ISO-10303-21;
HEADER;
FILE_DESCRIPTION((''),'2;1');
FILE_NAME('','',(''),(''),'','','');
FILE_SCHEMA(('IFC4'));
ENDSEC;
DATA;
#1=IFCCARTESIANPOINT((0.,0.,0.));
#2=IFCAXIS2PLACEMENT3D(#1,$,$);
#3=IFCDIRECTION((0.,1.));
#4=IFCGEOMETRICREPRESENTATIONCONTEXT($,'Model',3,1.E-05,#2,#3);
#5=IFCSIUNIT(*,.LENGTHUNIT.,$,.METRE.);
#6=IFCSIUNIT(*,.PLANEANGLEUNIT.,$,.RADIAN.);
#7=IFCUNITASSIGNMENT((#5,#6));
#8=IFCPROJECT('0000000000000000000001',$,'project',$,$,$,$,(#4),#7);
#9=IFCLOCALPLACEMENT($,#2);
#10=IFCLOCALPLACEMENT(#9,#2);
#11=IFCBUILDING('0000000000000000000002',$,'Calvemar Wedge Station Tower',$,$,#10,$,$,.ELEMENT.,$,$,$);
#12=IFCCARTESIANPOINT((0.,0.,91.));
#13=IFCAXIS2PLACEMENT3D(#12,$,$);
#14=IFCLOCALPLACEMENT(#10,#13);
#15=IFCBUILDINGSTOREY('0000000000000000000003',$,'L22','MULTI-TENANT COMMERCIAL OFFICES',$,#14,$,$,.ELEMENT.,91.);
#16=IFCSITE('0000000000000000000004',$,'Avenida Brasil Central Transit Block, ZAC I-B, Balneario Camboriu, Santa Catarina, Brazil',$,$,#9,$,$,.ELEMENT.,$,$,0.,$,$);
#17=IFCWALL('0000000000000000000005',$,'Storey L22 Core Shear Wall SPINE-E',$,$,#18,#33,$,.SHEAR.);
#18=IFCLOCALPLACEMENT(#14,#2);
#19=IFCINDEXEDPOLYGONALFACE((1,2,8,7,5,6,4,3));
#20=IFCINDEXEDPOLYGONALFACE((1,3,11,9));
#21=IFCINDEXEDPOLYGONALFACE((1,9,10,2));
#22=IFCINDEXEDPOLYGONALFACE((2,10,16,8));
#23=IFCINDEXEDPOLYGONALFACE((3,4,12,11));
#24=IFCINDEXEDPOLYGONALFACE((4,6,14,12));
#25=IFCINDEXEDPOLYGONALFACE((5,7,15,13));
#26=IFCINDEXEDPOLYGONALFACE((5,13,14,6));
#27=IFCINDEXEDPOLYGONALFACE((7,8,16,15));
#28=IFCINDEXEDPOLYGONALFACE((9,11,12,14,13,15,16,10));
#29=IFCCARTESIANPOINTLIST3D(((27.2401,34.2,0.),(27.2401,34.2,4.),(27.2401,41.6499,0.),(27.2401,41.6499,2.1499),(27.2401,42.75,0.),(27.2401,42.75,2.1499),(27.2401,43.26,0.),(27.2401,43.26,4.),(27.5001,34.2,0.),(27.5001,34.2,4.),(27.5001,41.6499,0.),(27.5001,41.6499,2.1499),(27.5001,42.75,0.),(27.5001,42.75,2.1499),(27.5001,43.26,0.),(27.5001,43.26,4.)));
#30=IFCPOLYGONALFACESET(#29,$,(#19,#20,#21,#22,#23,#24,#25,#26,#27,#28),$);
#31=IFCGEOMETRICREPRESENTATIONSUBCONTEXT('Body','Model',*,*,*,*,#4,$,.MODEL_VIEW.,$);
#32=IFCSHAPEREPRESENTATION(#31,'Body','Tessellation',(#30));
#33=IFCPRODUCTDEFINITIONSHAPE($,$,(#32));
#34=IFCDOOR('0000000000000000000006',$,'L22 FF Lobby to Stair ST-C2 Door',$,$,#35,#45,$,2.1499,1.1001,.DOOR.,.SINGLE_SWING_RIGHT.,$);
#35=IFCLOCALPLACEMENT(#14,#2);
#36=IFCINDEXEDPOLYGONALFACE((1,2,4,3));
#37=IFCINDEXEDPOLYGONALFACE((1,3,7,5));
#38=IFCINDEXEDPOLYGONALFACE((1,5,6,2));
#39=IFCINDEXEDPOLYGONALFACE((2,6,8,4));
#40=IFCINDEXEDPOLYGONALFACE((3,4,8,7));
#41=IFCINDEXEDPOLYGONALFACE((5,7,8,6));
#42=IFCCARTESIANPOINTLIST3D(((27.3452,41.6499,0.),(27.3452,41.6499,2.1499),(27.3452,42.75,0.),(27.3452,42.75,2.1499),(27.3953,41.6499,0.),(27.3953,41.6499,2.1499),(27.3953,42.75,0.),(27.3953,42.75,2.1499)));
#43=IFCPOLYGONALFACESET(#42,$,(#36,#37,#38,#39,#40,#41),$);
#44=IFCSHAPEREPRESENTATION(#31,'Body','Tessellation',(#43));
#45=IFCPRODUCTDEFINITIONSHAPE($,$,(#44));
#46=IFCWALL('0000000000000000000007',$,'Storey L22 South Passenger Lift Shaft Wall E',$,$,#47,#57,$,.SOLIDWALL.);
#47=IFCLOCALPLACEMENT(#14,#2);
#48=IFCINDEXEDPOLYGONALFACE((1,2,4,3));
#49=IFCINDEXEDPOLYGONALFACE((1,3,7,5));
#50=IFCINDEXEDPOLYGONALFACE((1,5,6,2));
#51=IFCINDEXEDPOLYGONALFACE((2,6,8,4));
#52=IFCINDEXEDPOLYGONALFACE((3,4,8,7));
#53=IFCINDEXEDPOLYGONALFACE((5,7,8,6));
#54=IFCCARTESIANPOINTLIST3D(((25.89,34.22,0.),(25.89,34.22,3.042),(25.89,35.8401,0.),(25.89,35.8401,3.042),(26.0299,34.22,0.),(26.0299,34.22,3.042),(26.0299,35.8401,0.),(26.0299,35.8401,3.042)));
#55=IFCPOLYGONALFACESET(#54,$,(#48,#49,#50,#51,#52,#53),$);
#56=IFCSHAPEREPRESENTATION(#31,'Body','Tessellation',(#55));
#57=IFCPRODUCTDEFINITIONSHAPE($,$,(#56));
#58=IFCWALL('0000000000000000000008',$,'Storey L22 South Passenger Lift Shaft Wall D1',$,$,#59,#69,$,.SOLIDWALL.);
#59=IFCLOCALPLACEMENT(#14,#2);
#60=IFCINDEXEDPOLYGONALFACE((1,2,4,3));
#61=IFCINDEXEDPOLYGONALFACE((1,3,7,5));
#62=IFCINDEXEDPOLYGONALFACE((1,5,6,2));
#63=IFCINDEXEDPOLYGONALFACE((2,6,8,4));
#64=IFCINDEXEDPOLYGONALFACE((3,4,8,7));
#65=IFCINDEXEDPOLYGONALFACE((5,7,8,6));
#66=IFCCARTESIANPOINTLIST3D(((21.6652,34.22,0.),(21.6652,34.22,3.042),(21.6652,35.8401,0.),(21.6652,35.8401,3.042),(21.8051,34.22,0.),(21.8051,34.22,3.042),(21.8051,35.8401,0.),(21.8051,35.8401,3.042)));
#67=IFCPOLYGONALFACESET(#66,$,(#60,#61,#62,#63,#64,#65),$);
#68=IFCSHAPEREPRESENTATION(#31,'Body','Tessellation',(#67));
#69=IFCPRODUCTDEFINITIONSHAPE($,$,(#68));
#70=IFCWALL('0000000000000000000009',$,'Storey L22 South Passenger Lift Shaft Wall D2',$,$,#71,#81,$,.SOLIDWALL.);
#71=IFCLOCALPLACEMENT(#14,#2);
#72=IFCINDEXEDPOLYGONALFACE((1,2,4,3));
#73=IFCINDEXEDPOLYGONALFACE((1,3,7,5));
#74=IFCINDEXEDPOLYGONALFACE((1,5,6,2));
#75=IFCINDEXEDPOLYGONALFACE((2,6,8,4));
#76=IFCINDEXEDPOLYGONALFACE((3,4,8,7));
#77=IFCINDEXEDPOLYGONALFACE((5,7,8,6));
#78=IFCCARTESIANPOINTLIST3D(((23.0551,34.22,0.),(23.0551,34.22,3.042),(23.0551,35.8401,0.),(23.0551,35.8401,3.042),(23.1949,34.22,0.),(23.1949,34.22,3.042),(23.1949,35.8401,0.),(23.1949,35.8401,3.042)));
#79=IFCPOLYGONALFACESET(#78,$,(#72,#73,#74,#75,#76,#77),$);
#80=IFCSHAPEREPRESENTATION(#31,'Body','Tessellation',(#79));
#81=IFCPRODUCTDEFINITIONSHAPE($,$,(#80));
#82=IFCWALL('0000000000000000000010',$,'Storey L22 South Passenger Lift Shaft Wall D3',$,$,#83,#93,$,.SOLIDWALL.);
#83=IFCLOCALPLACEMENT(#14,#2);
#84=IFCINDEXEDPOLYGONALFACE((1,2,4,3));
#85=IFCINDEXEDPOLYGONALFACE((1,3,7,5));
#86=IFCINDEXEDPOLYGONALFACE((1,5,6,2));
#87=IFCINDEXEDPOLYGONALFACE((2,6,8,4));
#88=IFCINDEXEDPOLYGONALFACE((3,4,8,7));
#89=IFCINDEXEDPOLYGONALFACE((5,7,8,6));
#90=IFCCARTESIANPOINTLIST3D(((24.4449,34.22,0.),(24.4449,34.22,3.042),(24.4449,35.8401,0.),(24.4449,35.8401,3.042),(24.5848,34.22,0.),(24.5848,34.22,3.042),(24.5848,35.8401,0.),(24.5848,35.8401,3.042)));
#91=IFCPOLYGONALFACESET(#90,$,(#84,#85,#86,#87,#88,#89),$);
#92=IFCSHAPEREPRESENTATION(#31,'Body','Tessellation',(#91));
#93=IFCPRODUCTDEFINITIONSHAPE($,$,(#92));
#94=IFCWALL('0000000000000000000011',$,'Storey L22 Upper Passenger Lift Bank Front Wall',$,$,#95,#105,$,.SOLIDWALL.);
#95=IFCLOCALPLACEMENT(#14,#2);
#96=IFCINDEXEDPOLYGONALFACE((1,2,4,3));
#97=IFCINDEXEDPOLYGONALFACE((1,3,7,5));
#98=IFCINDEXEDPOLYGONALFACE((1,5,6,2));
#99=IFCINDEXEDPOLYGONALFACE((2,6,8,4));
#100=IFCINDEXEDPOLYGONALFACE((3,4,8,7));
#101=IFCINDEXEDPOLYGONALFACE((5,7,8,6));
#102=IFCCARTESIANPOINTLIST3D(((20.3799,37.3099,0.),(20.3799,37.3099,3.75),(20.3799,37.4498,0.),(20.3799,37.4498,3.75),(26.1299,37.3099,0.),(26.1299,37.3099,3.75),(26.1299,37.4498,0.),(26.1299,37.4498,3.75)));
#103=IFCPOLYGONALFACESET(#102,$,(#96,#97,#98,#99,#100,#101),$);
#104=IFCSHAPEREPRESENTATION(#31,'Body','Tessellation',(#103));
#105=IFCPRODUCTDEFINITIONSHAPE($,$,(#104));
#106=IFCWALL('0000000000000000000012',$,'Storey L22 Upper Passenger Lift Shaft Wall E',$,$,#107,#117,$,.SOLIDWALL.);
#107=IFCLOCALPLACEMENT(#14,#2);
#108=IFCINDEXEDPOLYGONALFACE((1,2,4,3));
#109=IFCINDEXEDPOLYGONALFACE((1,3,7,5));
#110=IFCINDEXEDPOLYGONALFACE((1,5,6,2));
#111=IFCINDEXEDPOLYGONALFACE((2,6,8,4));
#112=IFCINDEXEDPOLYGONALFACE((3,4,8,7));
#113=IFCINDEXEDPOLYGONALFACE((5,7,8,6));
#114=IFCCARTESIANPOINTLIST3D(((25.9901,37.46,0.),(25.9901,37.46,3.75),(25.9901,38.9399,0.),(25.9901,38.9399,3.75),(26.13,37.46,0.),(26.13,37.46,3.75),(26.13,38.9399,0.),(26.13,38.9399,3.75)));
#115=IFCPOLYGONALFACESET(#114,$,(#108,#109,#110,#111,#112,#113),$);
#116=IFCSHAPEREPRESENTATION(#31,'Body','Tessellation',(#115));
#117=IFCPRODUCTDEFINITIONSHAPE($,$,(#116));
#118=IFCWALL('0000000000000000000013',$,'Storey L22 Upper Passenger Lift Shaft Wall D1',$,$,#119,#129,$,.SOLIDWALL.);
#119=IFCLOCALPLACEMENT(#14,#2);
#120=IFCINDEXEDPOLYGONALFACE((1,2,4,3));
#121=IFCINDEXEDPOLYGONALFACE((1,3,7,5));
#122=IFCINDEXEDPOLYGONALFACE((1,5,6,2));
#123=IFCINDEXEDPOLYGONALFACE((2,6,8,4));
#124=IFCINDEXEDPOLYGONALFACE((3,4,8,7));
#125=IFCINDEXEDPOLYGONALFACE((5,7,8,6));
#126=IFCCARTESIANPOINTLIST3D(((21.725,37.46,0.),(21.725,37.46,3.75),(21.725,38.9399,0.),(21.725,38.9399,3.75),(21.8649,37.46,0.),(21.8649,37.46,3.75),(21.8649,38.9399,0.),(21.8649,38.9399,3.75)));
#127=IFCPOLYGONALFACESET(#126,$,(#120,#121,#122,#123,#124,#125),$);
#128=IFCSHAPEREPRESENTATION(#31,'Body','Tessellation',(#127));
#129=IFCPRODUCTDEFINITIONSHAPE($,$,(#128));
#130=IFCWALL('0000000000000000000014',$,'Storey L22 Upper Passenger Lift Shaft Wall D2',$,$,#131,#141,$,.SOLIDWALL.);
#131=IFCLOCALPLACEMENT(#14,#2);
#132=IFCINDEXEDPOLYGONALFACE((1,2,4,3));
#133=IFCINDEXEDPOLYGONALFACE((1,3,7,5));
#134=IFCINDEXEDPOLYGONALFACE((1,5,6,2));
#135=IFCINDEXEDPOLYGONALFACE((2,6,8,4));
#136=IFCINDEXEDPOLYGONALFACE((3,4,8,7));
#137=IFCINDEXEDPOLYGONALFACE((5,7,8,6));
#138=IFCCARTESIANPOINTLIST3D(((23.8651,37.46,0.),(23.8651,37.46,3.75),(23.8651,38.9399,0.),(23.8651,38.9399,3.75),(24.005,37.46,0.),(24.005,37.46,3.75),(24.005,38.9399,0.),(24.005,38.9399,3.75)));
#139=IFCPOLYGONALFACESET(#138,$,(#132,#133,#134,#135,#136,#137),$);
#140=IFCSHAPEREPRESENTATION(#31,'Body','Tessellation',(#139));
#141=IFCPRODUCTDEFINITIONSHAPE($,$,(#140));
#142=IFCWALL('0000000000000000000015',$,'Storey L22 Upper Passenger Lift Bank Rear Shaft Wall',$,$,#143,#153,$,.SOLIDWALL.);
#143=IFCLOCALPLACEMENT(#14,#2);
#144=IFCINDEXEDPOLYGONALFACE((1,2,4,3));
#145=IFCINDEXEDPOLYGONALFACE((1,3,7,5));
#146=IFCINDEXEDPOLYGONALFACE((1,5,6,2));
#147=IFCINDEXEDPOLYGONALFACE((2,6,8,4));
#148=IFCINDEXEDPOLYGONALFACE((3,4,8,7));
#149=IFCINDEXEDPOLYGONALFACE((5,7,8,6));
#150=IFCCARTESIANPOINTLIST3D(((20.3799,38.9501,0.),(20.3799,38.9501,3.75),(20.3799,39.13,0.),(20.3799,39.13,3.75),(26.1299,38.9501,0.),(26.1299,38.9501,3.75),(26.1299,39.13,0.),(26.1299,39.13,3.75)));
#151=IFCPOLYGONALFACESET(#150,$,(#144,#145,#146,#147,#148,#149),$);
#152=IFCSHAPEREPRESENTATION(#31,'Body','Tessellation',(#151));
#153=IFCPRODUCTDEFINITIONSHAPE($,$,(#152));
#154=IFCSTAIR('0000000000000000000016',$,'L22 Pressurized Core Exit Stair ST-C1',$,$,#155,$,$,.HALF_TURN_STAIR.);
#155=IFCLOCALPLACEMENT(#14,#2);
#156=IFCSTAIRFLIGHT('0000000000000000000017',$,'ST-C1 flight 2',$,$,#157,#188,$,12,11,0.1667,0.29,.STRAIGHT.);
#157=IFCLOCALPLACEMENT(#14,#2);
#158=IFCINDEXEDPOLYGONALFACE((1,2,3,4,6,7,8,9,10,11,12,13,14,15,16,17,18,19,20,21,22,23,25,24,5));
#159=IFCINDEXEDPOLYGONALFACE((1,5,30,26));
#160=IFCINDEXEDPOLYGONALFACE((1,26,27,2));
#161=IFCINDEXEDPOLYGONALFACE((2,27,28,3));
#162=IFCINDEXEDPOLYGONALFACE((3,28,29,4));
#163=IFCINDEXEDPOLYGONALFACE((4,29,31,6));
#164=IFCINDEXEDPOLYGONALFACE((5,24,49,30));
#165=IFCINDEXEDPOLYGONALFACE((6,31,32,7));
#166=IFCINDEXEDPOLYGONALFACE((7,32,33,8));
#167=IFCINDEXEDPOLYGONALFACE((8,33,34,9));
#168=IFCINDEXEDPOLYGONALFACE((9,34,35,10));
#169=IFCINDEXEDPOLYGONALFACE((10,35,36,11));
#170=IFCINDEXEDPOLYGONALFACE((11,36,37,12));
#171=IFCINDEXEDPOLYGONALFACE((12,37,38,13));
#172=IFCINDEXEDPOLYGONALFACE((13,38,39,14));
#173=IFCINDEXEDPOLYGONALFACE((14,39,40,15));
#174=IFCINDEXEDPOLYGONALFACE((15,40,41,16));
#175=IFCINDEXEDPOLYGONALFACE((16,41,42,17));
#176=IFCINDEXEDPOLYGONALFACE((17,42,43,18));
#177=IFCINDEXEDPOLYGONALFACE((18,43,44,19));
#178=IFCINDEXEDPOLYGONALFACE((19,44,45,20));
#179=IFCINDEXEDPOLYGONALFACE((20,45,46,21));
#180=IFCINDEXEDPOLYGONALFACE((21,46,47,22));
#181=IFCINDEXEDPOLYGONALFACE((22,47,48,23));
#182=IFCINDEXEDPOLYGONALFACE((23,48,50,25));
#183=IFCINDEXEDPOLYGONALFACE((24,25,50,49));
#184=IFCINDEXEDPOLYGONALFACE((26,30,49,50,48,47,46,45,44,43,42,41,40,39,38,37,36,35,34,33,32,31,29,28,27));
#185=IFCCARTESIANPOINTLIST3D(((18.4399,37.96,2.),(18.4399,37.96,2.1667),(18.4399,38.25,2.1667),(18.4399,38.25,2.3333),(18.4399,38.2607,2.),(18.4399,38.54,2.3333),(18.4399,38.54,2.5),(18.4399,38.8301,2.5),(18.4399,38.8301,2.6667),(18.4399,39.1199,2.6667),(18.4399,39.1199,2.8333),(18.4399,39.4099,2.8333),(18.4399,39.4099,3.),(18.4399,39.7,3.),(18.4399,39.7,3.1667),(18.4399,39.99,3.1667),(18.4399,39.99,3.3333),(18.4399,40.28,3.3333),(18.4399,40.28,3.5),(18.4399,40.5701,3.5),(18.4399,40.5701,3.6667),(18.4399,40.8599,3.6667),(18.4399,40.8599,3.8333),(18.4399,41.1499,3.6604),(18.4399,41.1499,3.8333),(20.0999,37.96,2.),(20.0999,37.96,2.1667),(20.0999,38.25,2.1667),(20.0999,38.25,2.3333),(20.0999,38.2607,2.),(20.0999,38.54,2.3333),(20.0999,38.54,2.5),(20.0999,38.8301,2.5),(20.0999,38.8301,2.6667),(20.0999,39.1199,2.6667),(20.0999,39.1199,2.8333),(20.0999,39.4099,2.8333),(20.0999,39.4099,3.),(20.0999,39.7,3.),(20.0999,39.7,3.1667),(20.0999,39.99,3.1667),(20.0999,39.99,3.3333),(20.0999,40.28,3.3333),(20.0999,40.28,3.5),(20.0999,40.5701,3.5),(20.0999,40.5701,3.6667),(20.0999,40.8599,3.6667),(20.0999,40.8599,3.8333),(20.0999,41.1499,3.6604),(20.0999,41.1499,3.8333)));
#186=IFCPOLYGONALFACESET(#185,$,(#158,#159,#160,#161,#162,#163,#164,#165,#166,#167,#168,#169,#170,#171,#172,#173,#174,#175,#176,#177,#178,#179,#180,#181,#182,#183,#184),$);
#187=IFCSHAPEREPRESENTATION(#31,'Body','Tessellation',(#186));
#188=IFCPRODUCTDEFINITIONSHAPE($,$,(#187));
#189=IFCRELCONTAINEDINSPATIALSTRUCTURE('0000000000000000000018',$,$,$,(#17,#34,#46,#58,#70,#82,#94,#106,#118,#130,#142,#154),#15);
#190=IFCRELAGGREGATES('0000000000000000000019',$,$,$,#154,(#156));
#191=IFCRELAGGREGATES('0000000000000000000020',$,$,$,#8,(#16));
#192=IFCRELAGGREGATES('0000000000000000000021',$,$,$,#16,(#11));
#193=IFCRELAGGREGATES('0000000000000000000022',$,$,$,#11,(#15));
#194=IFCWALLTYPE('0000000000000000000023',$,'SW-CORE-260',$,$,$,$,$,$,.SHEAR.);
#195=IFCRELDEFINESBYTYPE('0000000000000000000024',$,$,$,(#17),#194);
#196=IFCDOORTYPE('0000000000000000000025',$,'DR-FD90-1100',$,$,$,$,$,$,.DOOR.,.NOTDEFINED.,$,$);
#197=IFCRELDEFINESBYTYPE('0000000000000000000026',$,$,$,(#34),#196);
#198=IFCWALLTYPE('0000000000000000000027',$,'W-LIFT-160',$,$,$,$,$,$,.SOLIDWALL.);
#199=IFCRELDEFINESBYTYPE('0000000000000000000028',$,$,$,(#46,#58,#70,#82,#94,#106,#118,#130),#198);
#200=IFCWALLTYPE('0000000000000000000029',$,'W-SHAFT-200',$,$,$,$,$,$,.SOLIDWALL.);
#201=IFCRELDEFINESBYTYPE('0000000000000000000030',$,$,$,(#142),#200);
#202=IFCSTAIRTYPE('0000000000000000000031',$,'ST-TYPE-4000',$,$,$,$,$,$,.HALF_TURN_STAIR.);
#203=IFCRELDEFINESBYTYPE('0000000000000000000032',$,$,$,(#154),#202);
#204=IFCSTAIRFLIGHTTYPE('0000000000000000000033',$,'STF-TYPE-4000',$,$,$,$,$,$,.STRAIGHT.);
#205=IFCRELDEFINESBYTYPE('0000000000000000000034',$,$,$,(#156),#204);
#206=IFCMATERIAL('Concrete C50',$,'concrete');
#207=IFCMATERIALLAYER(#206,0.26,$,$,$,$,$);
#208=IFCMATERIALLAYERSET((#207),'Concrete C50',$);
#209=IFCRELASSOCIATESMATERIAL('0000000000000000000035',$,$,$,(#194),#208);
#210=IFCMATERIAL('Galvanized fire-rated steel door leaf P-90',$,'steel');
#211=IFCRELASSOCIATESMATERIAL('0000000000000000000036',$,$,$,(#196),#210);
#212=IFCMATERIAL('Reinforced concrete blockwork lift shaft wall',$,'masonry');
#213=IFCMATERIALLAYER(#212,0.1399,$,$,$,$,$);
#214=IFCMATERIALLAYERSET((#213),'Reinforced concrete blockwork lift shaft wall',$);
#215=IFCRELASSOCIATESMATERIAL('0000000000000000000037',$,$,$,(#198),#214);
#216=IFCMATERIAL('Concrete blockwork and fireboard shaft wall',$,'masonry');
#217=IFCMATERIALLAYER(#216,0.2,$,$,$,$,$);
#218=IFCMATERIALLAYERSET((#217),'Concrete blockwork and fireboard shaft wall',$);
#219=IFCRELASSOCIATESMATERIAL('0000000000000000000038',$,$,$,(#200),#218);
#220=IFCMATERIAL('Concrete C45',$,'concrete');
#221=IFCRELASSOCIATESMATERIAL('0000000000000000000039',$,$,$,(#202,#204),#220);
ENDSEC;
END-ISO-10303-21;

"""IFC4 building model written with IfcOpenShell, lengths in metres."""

from ifc_helpers import new_model, si_unit, direction, frame, frame_2d, origin, place, context, subcontext, project, spatial, polyline, rectangle, outline, extrude, source, transform, mapped, material, layer, layer_set, type_object, element, fill, aggregate, save


model = new_model("IFC4")

# Units and contexts
model_context = context("Model", 3, precision=1e-05, world=origin(), true_north=direction((0.0, 1.0)))
body_context = subcontext(model_context, "Body", "Model", "MODEL_VIEW")
ifc_project = project(units=[si_unit("LENGTHUNIT", "METRE"), si_unit("PLANEANGLEUNIT", "RADIAN")], contexts=[model_context])

# Site, building, storey
site_placement = place(None, origin())
site = spatial("IfcSite", under=ifc_project, at=site_placement, Name="Avenida Brasil Central Transit Block, ZAC I-B, Balneario Camboriu, Santa Catarina, Brazil", CompositionType="ELEMENT", RefElevation=0.0)
building_placement = place(site_placement, origin())
building = spatial("IfcBuilding", under=site, at=building_placement, Name="Calvemar Wedge Station Tower", CompositionType="ELEMENT")
storey_placement = place(building_placement, frame((0.0, 0.0, 91.0)))
storey = spatial("IfcBuildingStorey", under=building, at=storey_placement, Name="L22", Description="MULTI-TENANT COMMERCIAL OFFICES", CompositionType="ELEMENT", Elevation=91.0)

# Wall, opening, door
ifc_material_1 = material(Name="Concrete C50", Category="concrete")
ifc_layer_1 = layer(ifc_material_1, 0.26)
ifc_layer_set_1 = layer_set([ifc_layer_1], Name="Concrete C50")
wall_type_1 = type_object("IfcWallType", Name="SW-CORE-260", PredefinedType="SHEAR", material=ifc_layer_set_1)
shared_shape_1 = source(origin(), body_context, "Body", "SweptSolid", [
    extrude(rectangle(XDim=1.1001, YDim=2.1499, at=frame_2d((0.55, 1.075))), frame((0.0, 0.1401, 0.0), z_axis=(0.0, -1.0, 0.0), x_axis=(1.0, 0.0, 0.0)), (0.0, 0.0, 1.0), 0.28),
])
ifc_material_2 = material(Name="Galvanized fire-rated steel door leaf P-90", Category="steel")
door_type_1 = type_object("IfcDoorType", Name="DR-FD90-1100", OperationType="NOTDEFINED", PredefinedType="DOOR", material=ifc_material_2)
shared_shape_2 = source(origin(), body_context, "Body", "SweptSolid", [
    extrude(rectangle(XDim=1.1001, YDim=2.1499, at=frame_2d((0.55, 1.075))), frame((0.0, 0.0249, 0.0), z_axis=(0.0, -1.0, 0.0), x_axis=(1.0, 0.0, 0.0)), (0.0, 0.0, 1.0), 0.05),
])
wall_1_placement = place(storey_placement, frame((27.3701, 34.2, 0.0), z_axis=(0.0, 0.0, 1.0), x_axis=(0.0, 1.0, 0.0)))
wall_1 = element("IfcWall", 1, at=wall_1_placement, inside=storey, type_object=wall_type_1, Name="Storey L22 Core Shear Wall SPINE-E", PredefinedType="SHEAR", context=body_context, shape_type="SweptSolid", body=[
    extrude(rectangle(XDim=9.0601, YDim=0.26, at=frame_2d((4.53, 0.0))), origin(), (0.0, 0.0, 1.0), 4.0),
])
opening_1_placement = place(wall_1_placement, frame((7.45, 0.0, 0.0)))
opening_1 = element("IfcOpeningElement", 2, at=opening_1_placement, cuts=wall_1, PredefinedType="OPENING", context=body_context, shape_type="MappedRepresentation", body=[
    mapped(shared_shape_1, transform((0.0, 0.0, 0.0), scale=1.0)),
])
door_1_placement = place(opening_1_placement, origin())
door_1 = element("IfcDoor", 3, at=door_1_placement, inside=storey, type_object=door_type_1, Name="L22 FF Lobby to Stair ST-C2 Door", OperationType="SINGLE_SWING_RIGHT", OverallHeight=2.1499, OverallWidth=1.1001, PredefinedType="DOOR", context=body_context, shape_type="MappedRepresentation", body=[
    mapped(shared_shape_2, transform((0.0, 0.0, 0.0), scale=1.0)),
])
fill(opening_1, door_1)

# Shared definitions
ifc_material_3 = material(Name="Reinforced concrete blockwork lift shaft wall", Category="masonry")
ifc_layer_2 = layer(ifc_material_3, 0.1399)
ifc_layer_set_2 = layer_set([ifc_layer_2], Name="Reinforced concrete blockwork lift shaft wall")
wall_type_2 = type_object("IfcWallType", Name="W-LIFT-160", PredefinedType="SOLIDWALL", material=ifc_layer_set_2)

# Walls
for number, where, z_axis, x_axis, name in (
    (4, (25.96, 34.22, 0.0), (0.0, 0.0, 1.0), (0.0, 1.0, 0.0), "Storey L22 South Passenger Lift Shaft Wall E"),
    (5, (21.7351, 34.22, 0.0), (0.0, 0.0, 1.0), (0.0, 1.0, 0.0), "Storey L22 South Passenger Lift Shaft Wall D1"),
    (6, (23.125, 34.22, 0.0), (0.0, 0.0, 1.0), (0.0, 1.0, 0.0), "Storey L22 South Passenger Lift Shaft Wall D2"),
    (7, (24.5149, 34.22, 0.0), (0.0, 0.0, 1.0), (0.0, 1.0, 0.0), "Storey L22 South Passenger Lift Shaft Wall D3"),
):
    element("IfcWall", number, at=place(storey_placement, frame(where, z_axis=z_axis, x_axis=x_axis)), inside=storey, type_object=wall_type_2, Name=name, PredefinedType="SOLIDWALL", context=body_context, shape_type="SweptSolid", body=[
        extrude(rectangle(XDim=1.6201, YDim=0.1399, at=frame_2d((0.8101, 0.0))), origin(), (0.0, 0.0, 1.0), 3.042),
    ])
wall_2_placement = place(storey_placement, frame((20.3799, 37.3799, 0.0), z_axis=(0.0, 0.0, 1.0), x_axis=(1.0, 0.0, 0.0)))
element("IfcWall", 8, at=wall_2_placement, inside=storey, type_object=wall_type_2, Name="Storey L22 Upper Passenger Lift Bank Front Wall", PredefinedType="SOLIDWALL", context=body_context, shape_type="SweptSolid", body=[
    extrude(rectangle(XDim=5.75, YDim=0.1399, at=frame_2d((2.875, 0.0))), origin(), (0.0, 0.0, 1.0), 3.75),
])
for number, where, z_axis, x_axis, name in (
    (9, (26.0601, 37.46, 0.0), (0.0, 0.0, 1.0), (0.0, 1.0, 0.0), "Storey L22 Upper Passenger Lift Shaft Wall E"),
    (10, (21.7949, 37.46, 0.0), (0.0, 0.0, 1.0), (0.0, 1.0, 0.0), "Storey L22 Upper Passenger Lift Shaft Wall D1"),
    (11, (23.9351, 37.46, 0.0), (0.0, 0.0, 1.0), (0.0, 1.0, 0.0), "Storey L22 Upper Passenger Lift Shaft Wall D2"),
):
    element("IfcWall", number, at=place(storey_placement, frame(where, z_axis=z_axis, x_axis=x_axis)), inside=storey, type_object=wall_type_2, Name=name, PredefinedType="SOLIDWALL", context=body_context, shape_type="SweptSolid", body=[
        extrude(rectangle(XDim=1.48, YDim=0.1399, at=frame_2d((0.74, 0.0))), origin(), (0.0, 0.0, 1.0), 3.75),
    ])
ifc_material_4 = material(Name="Concrete blockwork and fireboard shaft wall", Category="masonry")
ifc_layer_3 = layer(ifc_material_4, 0.2)
ifc_layer_set_3 = layer_set([ifc_layer_3], Name="Concrete blockwork and fireboard shaft wall")
wall_type_3 = type_object("IfcWallType", Name="W-SHAFT-200", PredefinedType="SOLIDWALL", material=ifc_layer_set_3)
wall_3_placement = place(storey_placement, frame((20.3799, 39.04, 0.0), z_axis=(0.0, 0.0, 1.0), x_axis=(1.0, 0.0, 0.0)))
element("IfcWall", 12, at=wall_3_placement, inside=storey, type_object=wall_type_3, Name="Storey L22 Upper Passenger Lift Bank Rear Shaft Wall", PredefinedType="SOLIDWALL", context=body_context, shape_type="SweptSolid", body=[
    extrude(rectangle(XDim=5.75, YDim=0.1799, at=frame_2d((2.875, 0.0))), origin(), (0.0, 0.0, 1.0), 3.75),
])

# Stair, stair flight
ifc_material_5 = material(Name="Concrete C45", Category="concrete")
stair_type = type_object("IfcStairType", Name="ST-TYPE-4000", PredefinedType="HALF_TURN_STAIR", material=ifc_material_5)
stair_placement = place(storey_placement, origin())
stair = element("IfcStair", 13, at=stair_placement, inside=storey, type_object=stair_type, Name="L22 Pressurized Core Exit Stair ST-C1", PredefinedType="HALF_TURN_STAIR")
stair_flight_type = type_object("IfcStairFlightType", Name="STF-TYPE-4000", PredefinedType="STRAIGHT", material=ifc_material_5)
stair_flight_placement = place(storey_placement, frame((19.27, 37.96, 2.0), z_axis=(0.0, 0.0, 1.0), x_axis=(0.0, 1.0, 0.0)))
stair_flight = element("IfcStairFlight", 14, at=stair_flight_placement, type_object=stair_flight_type, Name="ST-C1 flight 2", NumberOfRisers=12, NumberOfTreads=11, PredefinedType="STRAIGHT", RiserHeight=0.1667, TreadLength=0.29, context=body_context, shape_type="SweptSolid", body=[
    extrude(outline(polyline([(0.0, 0.0), (0.0, 0.1667), (0.29, 0.1667), (0.29, 0.3333), (0.5801, 0.3333), (0.5801, 0.5), (0.8701, 0.5), (0.8701, 0.6667), (1.1599, 0.6667), (1.1599, 0.8333), (1.45, 0.8333), (1.45, 1.0), (1.74, 1.0), (1.74, 1.1667), (2.03, 1.1667), (2.03, 1.3333), (2.3201, 1.3333), (2.3201, 1.5), (2.6101, 1.5), (2.6101, 1.6667), (2.8999, 1.6667), (2.8999, 1.8333), (3.1899, 1.8333), (3.1899, 2.0), (3.1899, 1.6604), (0.3008, 0.0), (0.0, 0.0)])), frame((0.0, 0.8301, 0.0), z_axis=(0.0, -1.0, 0.0), x_axis=(1.0, 0.0, 0.0)), (0.0, 0.0, 1.0), 1.6599),
])
aggregate(stair, [stair_flight])

save(model, "model.ifc")
